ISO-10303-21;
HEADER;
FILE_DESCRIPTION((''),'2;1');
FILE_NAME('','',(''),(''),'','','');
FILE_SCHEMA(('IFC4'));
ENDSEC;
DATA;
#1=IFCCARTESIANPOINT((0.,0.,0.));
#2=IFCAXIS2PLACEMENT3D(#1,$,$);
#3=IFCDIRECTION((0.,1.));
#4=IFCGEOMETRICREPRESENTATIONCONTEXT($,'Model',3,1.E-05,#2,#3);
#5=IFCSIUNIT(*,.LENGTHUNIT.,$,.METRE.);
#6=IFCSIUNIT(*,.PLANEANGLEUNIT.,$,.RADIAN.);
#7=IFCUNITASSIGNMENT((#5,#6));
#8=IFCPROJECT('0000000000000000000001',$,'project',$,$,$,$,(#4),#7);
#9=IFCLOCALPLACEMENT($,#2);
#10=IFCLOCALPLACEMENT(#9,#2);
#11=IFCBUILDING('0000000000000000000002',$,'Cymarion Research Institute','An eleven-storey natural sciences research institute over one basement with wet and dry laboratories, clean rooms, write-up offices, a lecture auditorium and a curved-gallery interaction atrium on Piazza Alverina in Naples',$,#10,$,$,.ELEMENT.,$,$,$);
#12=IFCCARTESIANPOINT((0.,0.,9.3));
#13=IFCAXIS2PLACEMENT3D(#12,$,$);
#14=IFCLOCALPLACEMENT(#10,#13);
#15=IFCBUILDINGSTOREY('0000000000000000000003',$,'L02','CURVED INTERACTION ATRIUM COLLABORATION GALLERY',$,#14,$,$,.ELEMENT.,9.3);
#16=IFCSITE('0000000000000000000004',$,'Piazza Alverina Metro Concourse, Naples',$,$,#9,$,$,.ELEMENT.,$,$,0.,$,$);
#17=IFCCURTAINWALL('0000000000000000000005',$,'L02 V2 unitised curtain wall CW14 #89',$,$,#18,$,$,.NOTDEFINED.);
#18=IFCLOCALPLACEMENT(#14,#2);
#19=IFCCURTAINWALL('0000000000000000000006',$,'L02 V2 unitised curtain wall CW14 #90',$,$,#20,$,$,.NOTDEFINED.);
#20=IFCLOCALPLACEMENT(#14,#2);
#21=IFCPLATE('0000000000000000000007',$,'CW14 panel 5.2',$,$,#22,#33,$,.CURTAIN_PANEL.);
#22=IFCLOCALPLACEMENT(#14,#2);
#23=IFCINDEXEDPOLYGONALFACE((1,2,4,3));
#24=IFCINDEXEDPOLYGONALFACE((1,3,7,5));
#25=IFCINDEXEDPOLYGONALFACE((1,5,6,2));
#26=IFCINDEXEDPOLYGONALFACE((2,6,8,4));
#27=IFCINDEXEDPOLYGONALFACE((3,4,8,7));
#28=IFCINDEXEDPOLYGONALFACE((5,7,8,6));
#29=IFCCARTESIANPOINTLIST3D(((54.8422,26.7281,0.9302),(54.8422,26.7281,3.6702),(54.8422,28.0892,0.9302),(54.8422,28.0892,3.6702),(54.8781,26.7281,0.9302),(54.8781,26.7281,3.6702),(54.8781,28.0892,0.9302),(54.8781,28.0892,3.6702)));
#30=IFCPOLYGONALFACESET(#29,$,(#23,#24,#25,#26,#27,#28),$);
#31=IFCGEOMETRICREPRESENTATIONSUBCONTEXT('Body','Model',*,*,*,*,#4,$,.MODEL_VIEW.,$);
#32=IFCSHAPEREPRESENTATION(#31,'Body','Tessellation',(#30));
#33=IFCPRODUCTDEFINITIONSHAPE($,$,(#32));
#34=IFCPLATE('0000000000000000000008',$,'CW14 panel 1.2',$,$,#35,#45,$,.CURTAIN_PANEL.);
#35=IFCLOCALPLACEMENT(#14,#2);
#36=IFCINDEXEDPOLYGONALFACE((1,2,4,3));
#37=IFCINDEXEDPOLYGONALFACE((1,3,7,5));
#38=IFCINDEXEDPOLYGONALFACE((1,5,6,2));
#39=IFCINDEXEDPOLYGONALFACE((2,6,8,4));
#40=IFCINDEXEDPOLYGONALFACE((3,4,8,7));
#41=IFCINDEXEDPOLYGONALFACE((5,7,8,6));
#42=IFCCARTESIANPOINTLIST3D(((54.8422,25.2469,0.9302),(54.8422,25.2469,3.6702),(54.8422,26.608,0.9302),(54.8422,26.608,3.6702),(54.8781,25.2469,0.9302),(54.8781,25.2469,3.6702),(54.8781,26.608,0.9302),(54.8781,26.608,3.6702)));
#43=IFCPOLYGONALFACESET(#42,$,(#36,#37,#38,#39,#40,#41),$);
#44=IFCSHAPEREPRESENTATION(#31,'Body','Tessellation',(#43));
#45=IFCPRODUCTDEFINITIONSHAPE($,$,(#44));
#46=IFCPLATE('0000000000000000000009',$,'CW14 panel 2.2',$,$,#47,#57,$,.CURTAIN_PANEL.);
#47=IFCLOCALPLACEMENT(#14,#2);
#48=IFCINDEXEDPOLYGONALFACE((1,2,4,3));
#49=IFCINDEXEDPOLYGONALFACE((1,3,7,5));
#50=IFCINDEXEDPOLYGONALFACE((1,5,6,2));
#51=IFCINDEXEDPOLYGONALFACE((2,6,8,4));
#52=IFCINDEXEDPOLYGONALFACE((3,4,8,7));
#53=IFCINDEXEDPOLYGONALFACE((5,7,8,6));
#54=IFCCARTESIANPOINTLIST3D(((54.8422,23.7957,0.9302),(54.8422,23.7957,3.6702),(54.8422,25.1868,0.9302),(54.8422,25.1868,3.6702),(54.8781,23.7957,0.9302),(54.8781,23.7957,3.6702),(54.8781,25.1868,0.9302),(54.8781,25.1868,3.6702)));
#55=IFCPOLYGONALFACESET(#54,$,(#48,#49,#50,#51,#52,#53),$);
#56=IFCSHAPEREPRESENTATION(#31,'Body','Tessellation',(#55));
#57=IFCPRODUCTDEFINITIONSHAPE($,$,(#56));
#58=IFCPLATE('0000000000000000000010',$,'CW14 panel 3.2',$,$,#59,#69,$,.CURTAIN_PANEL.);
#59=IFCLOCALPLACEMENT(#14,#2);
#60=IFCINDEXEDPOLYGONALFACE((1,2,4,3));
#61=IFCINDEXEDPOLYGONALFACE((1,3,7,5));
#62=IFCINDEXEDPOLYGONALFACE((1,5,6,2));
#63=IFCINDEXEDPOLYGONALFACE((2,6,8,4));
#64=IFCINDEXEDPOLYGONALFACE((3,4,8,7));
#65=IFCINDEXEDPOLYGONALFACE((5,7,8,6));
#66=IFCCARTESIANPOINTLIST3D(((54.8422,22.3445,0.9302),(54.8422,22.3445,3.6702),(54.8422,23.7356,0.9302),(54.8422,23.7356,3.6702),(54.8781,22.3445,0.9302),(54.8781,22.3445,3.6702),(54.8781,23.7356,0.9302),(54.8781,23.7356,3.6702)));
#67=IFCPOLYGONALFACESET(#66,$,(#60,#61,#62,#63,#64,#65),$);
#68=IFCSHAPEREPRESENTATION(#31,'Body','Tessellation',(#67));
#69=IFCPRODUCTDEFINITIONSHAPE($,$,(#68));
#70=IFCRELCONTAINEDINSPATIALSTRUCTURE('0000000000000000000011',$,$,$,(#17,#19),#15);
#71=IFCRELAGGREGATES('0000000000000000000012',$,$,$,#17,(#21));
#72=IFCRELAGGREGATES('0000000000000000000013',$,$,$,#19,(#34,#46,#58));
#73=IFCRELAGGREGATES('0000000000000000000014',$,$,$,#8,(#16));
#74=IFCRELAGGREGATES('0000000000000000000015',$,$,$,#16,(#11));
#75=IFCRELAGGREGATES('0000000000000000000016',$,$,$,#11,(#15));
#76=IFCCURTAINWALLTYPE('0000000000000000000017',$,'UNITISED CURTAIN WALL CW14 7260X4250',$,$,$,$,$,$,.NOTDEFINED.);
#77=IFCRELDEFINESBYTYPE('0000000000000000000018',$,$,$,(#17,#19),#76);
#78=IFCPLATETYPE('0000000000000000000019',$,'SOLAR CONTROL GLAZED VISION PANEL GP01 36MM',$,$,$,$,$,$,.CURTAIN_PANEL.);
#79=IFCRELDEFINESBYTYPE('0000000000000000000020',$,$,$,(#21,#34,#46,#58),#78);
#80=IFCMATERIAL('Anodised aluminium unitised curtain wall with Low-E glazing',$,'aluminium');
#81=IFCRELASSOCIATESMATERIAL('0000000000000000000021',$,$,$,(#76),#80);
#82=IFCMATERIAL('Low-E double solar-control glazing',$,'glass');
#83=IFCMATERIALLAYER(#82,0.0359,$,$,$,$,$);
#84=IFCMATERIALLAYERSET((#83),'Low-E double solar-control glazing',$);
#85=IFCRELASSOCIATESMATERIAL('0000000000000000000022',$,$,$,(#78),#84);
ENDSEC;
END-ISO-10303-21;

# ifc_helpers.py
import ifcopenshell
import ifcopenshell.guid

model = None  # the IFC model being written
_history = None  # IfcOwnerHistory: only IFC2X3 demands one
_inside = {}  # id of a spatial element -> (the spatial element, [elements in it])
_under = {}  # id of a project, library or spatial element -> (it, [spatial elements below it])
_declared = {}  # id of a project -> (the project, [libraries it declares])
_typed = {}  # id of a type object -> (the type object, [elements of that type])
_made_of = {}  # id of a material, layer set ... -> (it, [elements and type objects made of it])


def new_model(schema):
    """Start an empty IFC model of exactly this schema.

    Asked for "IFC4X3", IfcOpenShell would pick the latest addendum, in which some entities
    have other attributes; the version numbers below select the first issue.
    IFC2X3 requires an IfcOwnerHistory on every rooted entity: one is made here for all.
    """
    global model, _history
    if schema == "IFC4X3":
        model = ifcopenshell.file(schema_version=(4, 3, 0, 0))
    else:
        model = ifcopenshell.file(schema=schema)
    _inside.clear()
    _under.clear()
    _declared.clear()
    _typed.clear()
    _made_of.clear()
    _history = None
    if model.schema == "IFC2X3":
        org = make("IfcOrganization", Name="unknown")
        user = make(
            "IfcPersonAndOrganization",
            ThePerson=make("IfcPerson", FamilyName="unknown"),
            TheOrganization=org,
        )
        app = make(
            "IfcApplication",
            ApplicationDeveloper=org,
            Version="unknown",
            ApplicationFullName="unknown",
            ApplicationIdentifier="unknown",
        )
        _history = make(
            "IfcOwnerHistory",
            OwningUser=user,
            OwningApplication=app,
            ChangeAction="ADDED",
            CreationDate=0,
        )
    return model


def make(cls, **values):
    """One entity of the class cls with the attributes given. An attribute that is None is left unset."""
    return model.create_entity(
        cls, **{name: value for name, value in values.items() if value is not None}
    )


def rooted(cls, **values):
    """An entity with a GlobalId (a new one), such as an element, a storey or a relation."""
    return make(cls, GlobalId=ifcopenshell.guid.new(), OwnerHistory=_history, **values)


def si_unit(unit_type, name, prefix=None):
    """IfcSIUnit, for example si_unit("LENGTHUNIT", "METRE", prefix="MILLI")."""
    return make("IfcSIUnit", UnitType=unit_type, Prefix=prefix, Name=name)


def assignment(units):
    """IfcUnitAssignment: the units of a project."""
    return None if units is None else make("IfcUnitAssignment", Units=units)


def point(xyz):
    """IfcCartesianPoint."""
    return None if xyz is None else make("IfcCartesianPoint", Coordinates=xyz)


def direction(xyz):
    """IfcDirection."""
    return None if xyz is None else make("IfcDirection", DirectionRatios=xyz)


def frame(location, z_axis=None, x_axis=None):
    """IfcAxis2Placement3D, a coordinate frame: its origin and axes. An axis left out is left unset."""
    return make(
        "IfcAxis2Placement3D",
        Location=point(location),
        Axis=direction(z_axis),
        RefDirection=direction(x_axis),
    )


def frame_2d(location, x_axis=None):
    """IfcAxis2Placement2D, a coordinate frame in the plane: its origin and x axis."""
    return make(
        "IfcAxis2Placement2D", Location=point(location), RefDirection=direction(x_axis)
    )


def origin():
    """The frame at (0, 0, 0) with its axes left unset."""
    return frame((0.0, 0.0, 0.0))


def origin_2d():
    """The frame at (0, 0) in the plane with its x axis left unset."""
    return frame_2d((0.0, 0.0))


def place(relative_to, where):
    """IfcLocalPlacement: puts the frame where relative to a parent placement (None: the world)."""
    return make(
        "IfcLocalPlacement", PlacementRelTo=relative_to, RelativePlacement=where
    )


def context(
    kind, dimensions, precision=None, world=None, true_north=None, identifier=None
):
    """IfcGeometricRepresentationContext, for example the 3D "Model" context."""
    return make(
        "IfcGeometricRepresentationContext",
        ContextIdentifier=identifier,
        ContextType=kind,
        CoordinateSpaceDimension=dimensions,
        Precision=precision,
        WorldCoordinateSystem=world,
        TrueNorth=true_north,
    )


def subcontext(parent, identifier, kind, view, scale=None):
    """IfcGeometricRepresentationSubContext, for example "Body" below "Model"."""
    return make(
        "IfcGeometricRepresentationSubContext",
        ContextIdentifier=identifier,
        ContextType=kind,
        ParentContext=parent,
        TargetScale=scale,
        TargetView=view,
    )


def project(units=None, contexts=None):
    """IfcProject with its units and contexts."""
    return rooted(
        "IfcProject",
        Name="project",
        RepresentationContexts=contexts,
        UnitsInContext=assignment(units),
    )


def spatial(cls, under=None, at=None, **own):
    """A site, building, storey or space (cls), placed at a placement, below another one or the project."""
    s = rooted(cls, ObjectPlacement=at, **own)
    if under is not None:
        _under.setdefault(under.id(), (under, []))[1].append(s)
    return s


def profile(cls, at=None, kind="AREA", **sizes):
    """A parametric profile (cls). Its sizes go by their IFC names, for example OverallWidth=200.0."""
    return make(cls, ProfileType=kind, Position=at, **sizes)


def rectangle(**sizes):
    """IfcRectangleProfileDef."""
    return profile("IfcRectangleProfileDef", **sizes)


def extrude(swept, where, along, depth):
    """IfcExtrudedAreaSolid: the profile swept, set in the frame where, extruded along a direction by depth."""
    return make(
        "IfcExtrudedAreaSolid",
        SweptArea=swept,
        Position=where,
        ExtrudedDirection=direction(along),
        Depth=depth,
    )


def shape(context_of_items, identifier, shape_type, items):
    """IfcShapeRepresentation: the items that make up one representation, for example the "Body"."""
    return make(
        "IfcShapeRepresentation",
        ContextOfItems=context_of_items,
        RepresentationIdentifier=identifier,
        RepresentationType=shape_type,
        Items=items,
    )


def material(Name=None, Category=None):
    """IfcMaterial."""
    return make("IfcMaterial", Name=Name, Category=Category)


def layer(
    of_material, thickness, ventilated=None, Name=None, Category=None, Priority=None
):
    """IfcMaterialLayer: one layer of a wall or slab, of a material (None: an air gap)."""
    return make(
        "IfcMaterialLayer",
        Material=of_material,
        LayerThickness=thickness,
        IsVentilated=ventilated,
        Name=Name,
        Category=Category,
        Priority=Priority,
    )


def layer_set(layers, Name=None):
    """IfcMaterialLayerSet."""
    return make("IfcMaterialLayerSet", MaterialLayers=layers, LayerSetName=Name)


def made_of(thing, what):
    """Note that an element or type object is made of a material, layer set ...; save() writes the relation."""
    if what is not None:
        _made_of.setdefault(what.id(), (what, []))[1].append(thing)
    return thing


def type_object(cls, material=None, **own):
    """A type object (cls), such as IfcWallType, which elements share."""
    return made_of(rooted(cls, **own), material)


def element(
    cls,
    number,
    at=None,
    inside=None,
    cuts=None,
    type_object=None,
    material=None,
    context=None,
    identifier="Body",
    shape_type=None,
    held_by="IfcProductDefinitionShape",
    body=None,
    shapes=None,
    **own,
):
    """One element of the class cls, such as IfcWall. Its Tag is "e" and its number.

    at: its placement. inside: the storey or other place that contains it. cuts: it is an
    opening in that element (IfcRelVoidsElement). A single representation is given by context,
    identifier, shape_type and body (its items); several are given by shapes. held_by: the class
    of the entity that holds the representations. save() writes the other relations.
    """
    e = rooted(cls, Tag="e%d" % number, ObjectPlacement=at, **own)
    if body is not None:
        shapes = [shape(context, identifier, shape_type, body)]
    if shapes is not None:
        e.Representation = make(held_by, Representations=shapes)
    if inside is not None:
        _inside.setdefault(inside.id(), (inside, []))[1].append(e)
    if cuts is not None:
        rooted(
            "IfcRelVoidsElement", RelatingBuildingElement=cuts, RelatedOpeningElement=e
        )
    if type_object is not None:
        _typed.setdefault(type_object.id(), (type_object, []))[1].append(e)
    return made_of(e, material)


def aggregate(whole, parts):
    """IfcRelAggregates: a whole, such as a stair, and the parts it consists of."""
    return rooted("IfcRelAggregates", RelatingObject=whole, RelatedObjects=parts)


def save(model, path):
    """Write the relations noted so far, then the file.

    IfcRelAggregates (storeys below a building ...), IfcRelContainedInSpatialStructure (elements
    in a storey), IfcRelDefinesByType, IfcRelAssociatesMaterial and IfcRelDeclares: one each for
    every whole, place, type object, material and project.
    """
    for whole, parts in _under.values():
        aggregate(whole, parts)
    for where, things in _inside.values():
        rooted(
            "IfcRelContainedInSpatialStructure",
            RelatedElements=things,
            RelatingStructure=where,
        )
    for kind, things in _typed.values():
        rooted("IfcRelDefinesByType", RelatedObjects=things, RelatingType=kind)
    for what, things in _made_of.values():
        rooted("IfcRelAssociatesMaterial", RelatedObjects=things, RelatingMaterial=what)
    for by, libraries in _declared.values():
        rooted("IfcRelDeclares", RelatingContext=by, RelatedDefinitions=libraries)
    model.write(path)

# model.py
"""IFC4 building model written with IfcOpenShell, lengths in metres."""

from ifc_helpers import new_model, si_unit, direction, frame, origin, origin_2d, place, context, subcontext, project, spatial, rectangle, extrude, material, layer, layer_set, type_object, element, aggregate, save


model = new_model("IFC4")

# Units and contexts
model_context = context("Model", 3, precision=1e-05, world=origin(), true_north=direction((0.0, 1.0)))
body_context = subcontext(model_context, "Body", "Model", "MODEL_VIEW")
ifc_project = project(units=[si_unit("LENGTHUNIT", "METRE"), si_unit("PLANEANGLEUNIT", "RADIAN")], contexts=[model_context])

# Site, building, storey
site_placement = place(None, origin())
site = spatial("IfcSite", under=ifc_project, at=site_placement, Name="Piazza Alverina Metro Concourse, Naples", CompositionType="ELEMENT", RefElevation=0.0)
building_placement = place(site_placement, origin())
building = spatial("IfcBuilding", under=site, at=building_placement, Name="Cymarion Research Institute", Description="An eleven-storey natural sciences research institute over one basement with wet and dry laboratories, clean rooms, write-up offices, a lecture auditorium and a curved-gallery interaction atrium on Piazza Alverina in Naples", CompositionType="ELEMENT")
storey_placement = place(building_placement, frame((0.0, 0.0, 9.3)))
storey = spatial("IfcBuildingStorey", under=building, at=storey_placement, Name="L02", Description="CURVED INTERACTION ATRIUM COLLABORATION GALLERY", CompositionType="ELEMENT", Elevation=9.3)

# Curtain wall
ifc_material_1 = material(Name="Anodised aluminium unitised curtain wall with Low-E glazing", Category="aluminium")
curtain_wall_type = type_object("IfcCurtainWallType", Name="UNITISED CURTAIN WALL CW14 7260X4250", PredefinedType="NOTDEFINED", material=ifc_material_1)
curtain_wall_1_placement = place(storey_placement, origin())
curtain_wall_1 = element("IfcCurtainWall", 1, at=curtain_wall_1_placement, inside=storey, type_object=curtain_wall_type, Name="L02 V2 unitised curtain wall CW14 #89", PredefinedType="NOTDEFINED")

# Curtain wall
curtain_wall_2_placement = place(storey_placement, origin())
curtain_wall_2 = element("IfcCurtainWall", 2, at=curtain_wall_2_placement, inside=storey, type_object=curtain_wall_type, Name="L02 V2 unitised curtain wall CW14 #90", PredefinedType="NOTDEFINED")

# Plates
ifc_material_2 = material(Name="Low-E double solar-control glazing", Category="glass")
ifc_layer_1 = layer(ifc_material_2, 0.0359)
ifc_layer_set_1 = layer_set([ifc_layer_1], Name="Low-E double solar-control glazing")
plate_type_1 = type_object("IfcPlateType", Name="SOLAR CONTROL GLAZED VISION PANEL GP01 36MM", PredefinedType="CURTAIN_PANEL", material=ifc_layer_set_1)
plate_1_placement = place(storey_placement, frame((54.8601, 27.4087, 0.9302), z_axis=(0.0, 0.0, 1.0), x_axis=(0.0, -1.0, 0.0)))
plate_1 = element("IfcPlate", 3, at=plate_1_placement, type_object=plate_type_1, Name="CW14 panel 5.2", PredefinedType="CURTAIN_PANEL", context=body_context, shape_type="SweptSolid", body=[
    extrude(rectangle(XDim=1.3611, YDim=0.0359, at=origin_2d()), origin(), (0.0, 0.0, 1.0), 2.74),
])
aggregate(curtain_wall_1, [plate_1])
plate_2_placement = place(storey_placement, frame((54.8601, 25.9275, 0.9302), z_axis=(0.0, 0.0, 1.0), x_axis=(0.0, -1.0, 0.0)))
plate_2 = element("IfcPlate", 4, at=plate_2_placement, type_object=plate_type_1, Name="CW14 panel 1.2", PredefinedType="CURTAIN_PANEL", context=body_context, shape_type="SweptSolid", body=[
    extrude(rectangle(XDim=1.3611, YDim=0.0359, at=origin_2d()), origin(), (0.0, 0.0, 1.0), 2.74),
])
plate_3_placement = place(storey_placement, frame((54.8601, 24.4912, 0.9302), z_axis=(0.0, 0.0, 1.0), x_axis=(0.0, -1.0, 0.0)))
plate_3 = element("IfcPlate", 5, at=plate_3_placement, type_object=plate_type_1, Name="CW14 panel 2.2", PredefinedType="CURTAIN_PANEL", context=body_context, shape_type="SweptSolid", body=[
    extrude(rectangle(XDim=1.3911, YDim=0.0359, at=origin_2d()), origin(), (0.0, 0.0, 1.0), 2.74),
])
plate_4_placement = place(storey_placement, frame((54.8601, 23.04, 0.9302), z_axis=(0.0, 0.0, 1.0), x_axis=(0.0, -1.0, 0.0)))
plate_4 = element("IfcPlate", 6, at=plate_4_placement, type_object=plate_type_1, Name="CW14 panel 3.2", PredefinedType="CURTAIN_PANEL", context=body_context, shape_type="SweptSolid", body=[
    extrude(rectangle(XDim=1.3911, YDim=0.0359, at=origin_2d()), origin(), (0.0, 0.0, 1.0), 2.74),
])
aggregate(curtain_wall_2, [plate_2, plate_3, plate_4])

save(model, "model.ifc")
